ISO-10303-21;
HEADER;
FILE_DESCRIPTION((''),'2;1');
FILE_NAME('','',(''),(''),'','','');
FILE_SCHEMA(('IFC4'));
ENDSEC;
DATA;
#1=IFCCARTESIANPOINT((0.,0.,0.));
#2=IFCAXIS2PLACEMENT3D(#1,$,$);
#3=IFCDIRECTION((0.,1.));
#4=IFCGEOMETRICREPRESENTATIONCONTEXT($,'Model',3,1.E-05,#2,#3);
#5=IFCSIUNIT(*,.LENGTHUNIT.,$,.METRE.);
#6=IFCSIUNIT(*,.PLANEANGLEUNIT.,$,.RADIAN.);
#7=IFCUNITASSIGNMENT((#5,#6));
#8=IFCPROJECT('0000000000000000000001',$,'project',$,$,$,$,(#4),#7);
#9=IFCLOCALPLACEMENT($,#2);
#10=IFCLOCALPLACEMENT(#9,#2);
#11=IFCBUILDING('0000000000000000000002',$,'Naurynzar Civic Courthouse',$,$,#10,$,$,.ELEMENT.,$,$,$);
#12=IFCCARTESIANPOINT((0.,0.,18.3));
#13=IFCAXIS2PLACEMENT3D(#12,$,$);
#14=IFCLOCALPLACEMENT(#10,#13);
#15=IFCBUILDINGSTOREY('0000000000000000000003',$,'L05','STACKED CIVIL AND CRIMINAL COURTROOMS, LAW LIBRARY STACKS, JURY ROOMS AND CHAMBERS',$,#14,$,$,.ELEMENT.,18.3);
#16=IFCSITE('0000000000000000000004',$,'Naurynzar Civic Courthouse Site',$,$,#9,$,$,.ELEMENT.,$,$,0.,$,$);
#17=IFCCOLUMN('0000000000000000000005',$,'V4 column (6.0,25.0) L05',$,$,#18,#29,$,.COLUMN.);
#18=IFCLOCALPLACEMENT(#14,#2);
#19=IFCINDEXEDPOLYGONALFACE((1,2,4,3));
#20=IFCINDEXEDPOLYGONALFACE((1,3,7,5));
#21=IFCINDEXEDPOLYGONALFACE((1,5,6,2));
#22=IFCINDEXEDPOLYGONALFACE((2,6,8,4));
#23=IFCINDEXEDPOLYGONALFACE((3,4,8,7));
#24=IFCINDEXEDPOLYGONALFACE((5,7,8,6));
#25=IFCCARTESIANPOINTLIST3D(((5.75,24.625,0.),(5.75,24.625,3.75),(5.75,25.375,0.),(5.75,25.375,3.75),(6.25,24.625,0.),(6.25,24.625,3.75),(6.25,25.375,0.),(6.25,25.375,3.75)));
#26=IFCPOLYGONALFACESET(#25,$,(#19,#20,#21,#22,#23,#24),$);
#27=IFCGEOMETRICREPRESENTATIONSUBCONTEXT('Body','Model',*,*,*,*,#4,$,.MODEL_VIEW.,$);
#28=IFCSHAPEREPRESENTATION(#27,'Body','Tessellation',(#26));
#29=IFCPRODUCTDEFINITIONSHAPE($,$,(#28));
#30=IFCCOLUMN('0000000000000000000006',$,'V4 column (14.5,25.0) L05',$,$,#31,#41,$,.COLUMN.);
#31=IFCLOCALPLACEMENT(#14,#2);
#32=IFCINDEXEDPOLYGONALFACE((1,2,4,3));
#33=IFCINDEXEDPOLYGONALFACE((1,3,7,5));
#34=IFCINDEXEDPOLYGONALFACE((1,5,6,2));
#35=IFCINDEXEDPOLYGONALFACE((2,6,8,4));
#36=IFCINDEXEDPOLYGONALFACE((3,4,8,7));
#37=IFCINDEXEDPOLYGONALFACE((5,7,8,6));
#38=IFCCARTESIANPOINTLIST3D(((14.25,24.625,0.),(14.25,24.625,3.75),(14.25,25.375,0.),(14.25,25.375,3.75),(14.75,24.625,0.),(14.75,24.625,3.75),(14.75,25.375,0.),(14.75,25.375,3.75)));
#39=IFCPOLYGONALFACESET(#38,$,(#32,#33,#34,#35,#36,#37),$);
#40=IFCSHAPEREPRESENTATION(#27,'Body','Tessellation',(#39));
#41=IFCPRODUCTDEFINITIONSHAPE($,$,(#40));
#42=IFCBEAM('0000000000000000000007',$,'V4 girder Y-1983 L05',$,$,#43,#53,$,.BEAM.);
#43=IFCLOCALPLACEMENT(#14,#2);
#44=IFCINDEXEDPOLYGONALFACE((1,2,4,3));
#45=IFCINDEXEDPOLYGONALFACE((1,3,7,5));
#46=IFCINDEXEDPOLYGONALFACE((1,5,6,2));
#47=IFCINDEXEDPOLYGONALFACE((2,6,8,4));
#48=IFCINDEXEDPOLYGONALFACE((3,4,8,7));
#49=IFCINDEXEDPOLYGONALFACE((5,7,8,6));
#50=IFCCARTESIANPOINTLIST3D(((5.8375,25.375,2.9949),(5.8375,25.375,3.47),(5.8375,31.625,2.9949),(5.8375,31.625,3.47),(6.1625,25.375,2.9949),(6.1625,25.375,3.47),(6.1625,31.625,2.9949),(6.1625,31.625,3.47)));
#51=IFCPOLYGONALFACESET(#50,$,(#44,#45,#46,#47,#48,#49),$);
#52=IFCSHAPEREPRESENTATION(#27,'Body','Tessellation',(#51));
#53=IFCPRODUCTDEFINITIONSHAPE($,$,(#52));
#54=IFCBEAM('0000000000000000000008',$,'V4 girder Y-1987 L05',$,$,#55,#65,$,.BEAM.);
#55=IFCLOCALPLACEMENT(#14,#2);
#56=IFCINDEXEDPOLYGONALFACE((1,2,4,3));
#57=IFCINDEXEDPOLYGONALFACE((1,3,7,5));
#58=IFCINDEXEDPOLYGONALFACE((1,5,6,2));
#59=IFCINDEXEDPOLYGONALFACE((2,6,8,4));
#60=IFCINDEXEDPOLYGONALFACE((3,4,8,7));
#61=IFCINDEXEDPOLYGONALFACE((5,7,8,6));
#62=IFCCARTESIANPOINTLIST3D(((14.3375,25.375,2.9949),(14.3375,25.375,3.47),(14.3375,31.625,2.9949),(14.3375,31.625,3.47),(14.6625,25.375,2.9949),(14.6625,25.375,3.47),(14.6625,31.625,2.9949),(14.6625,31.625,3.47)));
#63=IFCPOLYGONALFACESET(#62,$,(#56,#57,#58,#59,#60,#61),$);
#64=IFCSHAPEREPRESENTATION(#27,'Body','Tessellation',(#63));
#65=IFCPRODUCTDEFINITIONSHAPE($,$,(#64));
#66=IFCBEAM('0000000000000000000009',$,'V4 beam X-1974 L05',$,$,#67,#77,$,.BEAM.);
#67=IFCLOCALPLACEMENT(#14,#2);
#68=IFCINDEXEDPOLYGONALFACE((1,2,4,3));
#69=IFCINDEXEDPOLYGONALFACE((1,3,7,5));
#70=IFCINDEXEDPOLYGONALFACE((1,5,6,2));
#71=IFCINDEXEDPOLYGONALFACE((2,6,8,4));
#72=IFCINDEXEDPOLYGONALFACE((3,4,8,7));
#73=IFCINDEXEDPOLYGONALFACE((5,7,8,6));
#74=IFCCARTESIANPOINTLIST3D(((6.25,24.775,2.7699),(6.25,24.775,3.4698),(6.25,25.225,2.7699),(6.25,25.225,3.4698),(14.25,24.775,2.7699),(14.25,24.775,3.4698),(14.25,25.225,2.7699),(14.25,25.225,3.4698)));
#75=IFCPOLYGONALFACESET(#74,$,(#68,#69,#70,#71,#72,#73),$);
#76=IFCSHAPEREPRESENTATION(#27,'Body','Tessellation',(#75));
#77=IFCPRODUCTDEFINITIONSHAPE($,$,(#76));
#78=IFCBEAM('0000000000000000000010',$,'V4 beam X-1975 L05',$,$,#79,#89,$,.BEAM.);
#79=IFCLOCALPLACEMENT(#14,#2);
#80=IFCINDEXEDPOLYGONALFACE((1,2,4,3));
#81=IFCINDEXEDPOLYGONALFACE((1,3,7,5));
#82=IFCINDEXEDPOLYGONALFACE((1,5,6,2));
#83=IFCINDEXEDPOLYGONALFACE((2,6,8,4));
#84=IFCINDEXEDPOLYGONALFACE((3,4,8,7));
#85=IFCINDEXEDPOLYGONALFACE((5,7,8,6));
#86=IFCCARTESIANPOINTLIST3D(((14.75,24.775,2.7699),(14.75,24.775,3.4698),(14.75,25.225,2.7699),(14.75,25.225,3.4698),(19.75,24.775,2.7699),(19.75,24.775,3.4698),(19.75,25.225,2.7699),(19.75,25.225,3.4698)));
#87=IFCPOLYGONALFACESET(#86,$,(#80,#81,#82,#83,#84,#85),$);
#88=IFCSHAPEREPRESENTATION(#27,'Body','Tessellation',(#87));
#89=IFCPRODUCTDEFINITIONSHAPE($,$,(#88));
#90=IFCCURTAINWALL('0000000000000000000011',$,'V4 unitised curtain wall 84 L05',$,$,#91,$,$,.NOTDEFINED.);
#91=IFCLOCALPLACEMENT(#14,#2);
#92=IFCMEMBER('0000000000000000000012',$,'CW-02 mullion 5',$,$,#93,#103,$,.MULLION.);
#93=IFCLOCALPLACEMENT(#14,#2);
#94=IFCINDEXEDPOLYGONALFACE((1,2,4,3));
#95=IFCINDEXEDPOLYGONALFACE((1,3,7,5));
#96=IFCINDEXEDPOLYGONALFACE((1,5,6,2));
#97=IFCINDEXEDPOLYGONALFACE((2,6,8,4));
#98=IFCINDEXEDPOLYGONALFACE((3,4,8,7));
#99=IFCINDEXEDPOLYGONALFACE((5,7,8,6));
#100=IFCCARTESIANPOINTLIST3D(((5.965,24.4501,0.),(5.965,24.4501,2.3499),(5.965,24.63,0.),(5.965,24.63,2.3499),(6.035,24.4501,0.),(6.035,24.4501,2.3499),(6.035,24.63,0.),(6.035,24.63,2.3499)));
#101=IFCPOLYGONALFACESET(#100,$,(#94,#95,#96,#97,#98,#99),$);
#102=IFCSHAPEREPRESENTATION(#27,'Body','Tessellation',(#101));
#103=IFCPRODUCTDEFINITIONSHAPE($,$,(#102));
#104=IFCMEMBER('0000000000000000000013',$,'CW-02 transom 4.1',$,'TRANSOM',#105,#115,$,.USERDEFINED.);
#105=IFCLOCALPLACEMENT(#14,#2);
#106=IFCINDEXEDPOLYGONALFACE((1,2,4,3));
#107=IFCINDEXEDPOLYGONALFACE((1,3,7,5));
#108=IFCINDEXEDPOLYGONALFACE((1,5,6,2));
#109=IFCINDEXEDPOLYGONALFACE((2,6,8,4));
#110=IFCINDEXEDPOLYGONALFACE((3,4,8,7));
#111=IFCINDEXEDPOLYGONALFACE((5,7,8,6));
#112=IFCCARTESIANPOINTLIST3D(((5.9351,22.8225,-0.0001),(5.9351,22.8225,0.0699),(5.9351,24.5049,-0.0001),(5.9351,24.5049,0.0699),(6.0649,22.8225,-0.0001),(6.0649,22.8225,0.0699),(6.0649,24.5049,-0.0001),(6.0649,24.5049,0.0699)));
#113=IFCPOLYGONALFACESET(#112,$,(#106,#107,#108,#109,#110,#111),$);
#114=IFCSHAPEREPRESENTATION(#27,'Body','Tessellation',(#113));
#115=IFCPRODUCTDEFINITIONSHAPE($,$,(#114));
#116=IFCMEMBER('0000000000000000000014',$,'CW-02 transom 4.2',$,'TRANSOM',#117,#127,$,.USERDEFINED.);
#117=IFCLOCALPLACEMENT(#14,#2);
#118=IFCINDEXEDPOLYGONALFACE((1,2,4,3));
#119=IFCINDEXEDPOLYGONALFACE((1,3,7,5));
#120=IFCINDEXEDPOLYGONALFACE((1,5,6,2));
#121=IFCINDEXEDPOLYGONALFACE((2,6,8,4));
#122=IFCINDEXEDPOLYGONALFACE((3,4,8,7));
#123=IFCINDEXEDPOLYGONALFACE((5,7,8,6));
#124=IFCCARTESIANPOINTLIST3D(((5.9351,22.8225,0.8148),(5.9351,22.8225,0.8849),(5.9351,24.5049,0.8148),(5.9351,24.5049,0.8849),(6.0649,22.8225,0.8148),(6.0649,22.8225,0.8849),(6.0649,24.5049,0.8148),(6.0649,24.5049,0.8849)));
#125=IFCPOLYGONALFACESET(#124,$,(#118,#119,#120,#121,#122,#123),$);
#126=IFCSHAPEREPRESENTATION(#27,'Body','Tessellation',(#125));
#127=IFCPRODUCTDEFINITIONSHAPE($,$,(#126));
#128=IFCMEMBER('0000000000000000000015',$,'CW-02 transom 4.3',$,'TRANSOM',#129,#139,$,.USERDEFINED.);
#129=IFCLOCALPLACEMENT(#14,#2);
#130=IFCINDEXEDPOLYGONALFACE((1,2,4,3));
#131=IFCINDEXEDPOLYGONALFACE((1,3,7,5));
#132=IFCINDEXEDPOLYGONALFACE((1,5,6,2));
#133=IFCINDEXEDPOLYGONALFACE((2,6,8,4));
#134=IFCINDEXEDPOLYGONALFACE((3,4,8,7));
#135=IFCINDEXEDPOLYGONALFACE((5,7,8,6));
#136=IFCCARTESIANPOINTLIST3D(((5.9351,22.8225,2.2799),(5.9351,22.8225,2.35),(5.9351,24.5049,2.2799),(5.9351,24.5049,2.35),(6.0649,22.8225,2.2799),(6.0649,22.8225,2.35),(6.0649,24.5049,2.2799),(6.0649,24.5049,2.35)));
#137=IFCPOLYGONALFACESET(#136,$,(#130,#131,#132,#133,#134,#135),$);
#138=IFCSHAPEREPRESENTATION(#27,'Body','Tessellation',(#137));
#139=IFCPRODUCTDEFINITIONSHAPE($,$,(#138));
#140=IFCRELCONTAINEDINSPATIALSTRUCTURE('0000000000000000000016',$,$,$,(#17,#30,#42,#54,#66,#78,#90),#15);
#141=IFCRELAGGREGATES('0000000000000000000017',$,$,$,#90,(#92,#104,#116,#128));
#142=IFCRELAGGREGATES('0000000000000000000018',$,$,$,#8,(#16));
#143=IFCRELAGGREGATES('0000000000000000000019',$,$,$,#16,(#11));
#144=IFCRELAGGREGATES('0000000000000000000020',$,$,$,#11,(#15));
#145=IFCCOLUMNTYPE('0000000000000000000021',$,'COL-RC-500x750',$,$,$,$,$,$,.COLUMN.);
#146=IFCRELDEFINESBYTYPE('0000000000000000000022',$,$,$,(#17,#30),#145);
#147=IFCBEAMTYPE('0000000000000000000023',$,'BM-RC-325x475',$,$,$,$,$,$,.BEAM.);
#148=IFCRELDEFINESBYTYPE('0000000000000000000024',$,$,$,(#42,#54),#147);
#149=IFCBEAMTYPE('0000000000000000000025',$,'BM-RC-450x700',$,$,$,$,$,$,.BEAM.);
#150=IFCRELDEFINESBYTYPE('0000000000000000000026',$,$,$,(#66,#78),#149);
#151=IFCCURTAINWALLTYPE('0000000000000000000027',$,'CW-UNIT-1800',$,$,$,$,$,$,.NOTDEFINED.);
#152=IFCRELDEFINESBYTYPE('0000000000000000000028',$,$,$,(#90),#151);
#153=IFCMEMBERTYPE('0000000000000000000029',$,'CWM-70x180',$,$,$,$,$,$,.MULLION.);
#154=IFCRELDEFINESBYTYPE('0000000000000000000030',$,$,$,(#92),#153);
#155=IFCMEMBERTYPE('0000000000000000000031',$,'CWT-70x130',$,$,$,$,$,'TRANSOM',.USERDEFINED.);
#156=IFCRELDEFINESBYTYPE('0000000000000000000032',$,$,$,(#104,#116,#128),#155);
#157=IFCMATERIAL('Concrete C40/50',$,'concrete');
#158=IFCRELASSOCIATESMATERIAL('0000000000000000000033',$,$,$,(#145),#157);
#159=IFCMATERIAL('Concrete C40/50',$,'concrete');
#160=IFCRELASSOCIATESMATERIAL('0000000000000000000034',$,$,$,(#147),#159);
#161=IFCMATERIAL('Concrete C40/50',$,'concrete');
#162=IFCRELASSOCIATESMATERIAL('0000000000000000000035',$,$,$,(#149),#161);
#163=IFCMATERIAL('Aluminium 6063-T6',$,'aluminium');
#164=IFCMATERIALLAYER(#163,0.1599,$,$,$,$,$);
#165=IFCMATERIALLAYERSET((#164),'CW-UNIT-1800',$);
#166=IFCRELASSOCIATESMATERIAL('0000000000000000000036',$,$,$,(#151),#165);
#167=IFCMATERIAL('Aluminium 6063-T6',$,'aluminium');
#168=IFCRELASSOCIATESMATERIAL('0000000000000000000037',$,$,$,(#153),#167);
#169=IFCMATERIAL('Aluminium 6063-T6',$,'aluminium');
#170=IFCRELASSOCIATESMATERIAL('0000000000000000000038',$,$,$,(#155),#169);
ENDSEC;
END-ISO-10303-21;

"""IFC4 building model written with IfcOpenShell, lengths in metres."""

from ifc_helpers import new_model, si_unit, direction, frame, origin, origin_2d, place, context, subcontext, project, spatial, rectangle, extrude, material, layer, layer_set, material_profile, profile_set, type_object, element, aggregate, save


model = new_model("IFC4")

# Units and contexts
model_context = context("Model", 3, precision=1e-05, world=origin(), true_north=direction((0.0, 1.0)))
body_context = subcontext(model_context, "Body", "Model", "MODEL_VIEW")
ifc_project = project(units=[si_unit("LENGTHUNIT", "METRE"), si_unit("PLANEANGLEUNIT", "RADIAN")], contexts=[model_context])

# Site, building, storey
site_placement = place(None, origin())
site = spatial("IfcSite", under=ifc_project, at=site_placement, Name="Naurynzar Civic Courthouse Site", CompositionType="ELEMENT", RefElevation=0.0)
building_placement = place(site_placement, origin())
building = spatial("IfcBuilding", under=site, at=building_placement, Name="Naurynzar Civic Courthouse", CompositionType="ELEMENT")
storey_placement = place(building_placement, frame((0.0, 0.0, 18.3)))
storey = spatial("IfcBuildingStorey", under=building, at=storey_placement, Name="L05", Description="STACKED CIVIL AND CRIMINAL COURTROOMS, LAW LIBRARY STACKS, JURY ROOMS AND CHAMBERS", CompositionType="ELEMENT", Elevation=18.3)

# Columns
ifc_material_1 = material(Name="Concrete C40/50", Category="concrete")
ifc_material_profile_1 = material_profile(ifc_material_1, rectangle(XDim=0.5, YDim=0.75, at=origin_2d()), Name="RC 500x750")
ifc_profile_set_1 = profile_set([ifc_material_profile_1], Name="Concrete C40/50")
column_type = type_object("IfcColumnType", Name="COL-RC-500x750", PredefinedType="COLUMN", material=ifc_profile_set_1)
for number, where, z_axis, x_axis, name in (
    (1, (6.0, 25.0, 0.0), (0.0, 0.0, 1.0), (1.0, 0.0, 0.0), "V4 column (6.0,25.0) L05"),
    (2, (14.5, 25.0, 0.0), (0.0, 0.0, 1.0), (1.0, 0.0, 0.0), "V4 column (14.5,25.0) L05"),
):
    element("IfcColumn", number, at=place(storey_placement, frame(where, z_axis=z_axis, x_axis=x_axis)), inside=storey, type_object=column_type, Name=name, PredefinedType="COLUMN", context=body_context, shape_type="SweptSolid", body=[
        extrude(rectangle(XDim=0.5, YDim=0.75, at=origin_2d()), origin(), (0.0, 0.0, 1.0), 3.75),
    ])

# Beams
ifc_material_2 = material(Name="Concrete C40/50", Category="concrete")
ifc_material_profile_2 = material_profile(ifc_material_2, rectangle(XDim=0.325, YDim=0.4751, at=origin_2d()), Name="RCB 325x475")
ifc_profile_set_2 = profile_set([ifc_material_profile_2], Name="Concrete C40/50")
beam_type_1 = type_object("IfcBeamType", Name="BM-RC-325x475", PredefinedType="BEAM", material=ifc_profile_set_2)
for number, where, z_axis, x_axis, name in (
    (3, (6.0, 25.375, 3.2324), (0.0, 1.0, 0.0), (-1.0, 0.0, 0.0), "V4 girder Y-1983 L05"),
    (4, (14.5, 25.375, 3.2324), (0.0, 1.0, 0.0), (-1.0, 0.0, 0.0), "V4 girder Y-1987 L05"),
):
    element("IfcBeam", number, at=place(storey_placement, frame(where, z_axis=z_axis, x_axis=x_axis)), inside=storey, type_object=beam_type_1, Name=name, PredefinedType="BEAM", context=body_context, shape_type="SweptSolid", body=[
        extrude(rectangle(XDim=0.325, YDim=0.4751, at=origin_2d()), origin(), (0.0, 0.0, 1.0), 6.25),
    ])
ifc_material_3 = material(Name="Concrete C40/50", Category="concrete")
ifc_material_profile_3 = material_profile(ifc_material_3, rectangle(XDim=0.45, YDim=0.7, at=origin_2d()), Name="RCB 450x700")
ifc_profile_set_3 = profile_set([ifc_material_profile_3], Name="Concrete C40/50")
beam_type_2 = type_object("IfcBeamType", Name="BM-RC-450x700", PredefinedType="BEAM", material=ifc_profile_set_3)
beam_1_placement = place(storey_placement, frame((6.25, 25.0, 3.1199), z_axis=(1.0, 0.0, 0.0), x_axis=(0.0, 1.0, 0.0)))
element("IfcBeam", 5, at=beam_1_placement, inside=storey, type_object=beam_type_2, Name="V4 beam X-1974 L05", PredefinedType="BEAM", context=body_context, shape_type="SweptSolid", body=[
    extrude(rectangle(XDim=0.45, YDim=0.7, at=origin_2d()), origin(), (0.0, 0.0, 1.0), 8.0),
])
beam_2_placement = place(storey_placement, frame((14.75, 25.0, 3.1199), z_axis=(1.0, 0.0, 0.0), x_axis=(0.0, 1.0, 0.0)))
element("IfcBeam", 6, at=beam_2_placement, inside=storey, type_object=beam_type_2, Name="V4 beam X-1975 L05", PredefinedType="BEAM", context=body_context, shape_type="SweptSolid", body=[
    extrude(rectangle(XDim=0.45, YDim=0.7, at=origin_2d()), origin(), (0.0, 0.0, 1.0), 5.0),
])

# Curtain wall, members
ifc_material_4 = material(Name="Aluminium 6063-T6", Category="aluminium")
ifc_layer_1 = layer(ifc_material_4, 0.1599)
ifc_layer_set_1 = layer_set([ifc_layer_1], Name="CW-UNIT-1800")
curtain_wall_type = type_object("IfcCurtainWallType", Name="CW-UNIT-1800", PredefinedType="NOTDEFINED", material=ifc_layer_set_1)
curtain_wall_placement = place(storey_placement, origin())
curtain_wall = element("IfcCurtainWall", 7, at=curtain_wall_placement, inside=storey, type_object=curtain_wall_type, Name="V4 unitised curtain wall 84 L05", PredefinedType="NOTDEFINED")
ifc_material_5 = material(Name="Aluminium 6063-T6", Category="aluminium")
ifc_material_profile_4 = material_profile(ifc_material_5, rectangle(XDim=0.0701, YDim=0.1799, at=origin_2d()), Name="ALU MULLION 70x180")
ifc_profile_set_4 = profile_set([ifc_material_profile_4], Name="Aluminium 6063-T6")
member_type_1 = type_object("IfcMemberType", Name="CWM-70x180", PredefinedType="MULLION", material=ifc_profile_set_4)
member_1_placement = place(storey_placement, frame((6.0, 24.54, 0.0), z_axis=(0.0, 0.0, 1.0), x_axis=(-1.0, 0.0, 0.0)))
member_1 = element("IfcMember", 8, at=member_1_placement, type_object=member_type_1, Name="CW-02 mullion 5", PredefinedType="MULLION", context=body_context, shape_type="SweptSolid", body=[
    extrude(rectangle(XDim=0.0701, YDim=0.1799, at=origin_2d()), origin(), (0.0, 0.0, 1.0), 2.3499),
])
ifc_material_6 = material(Name="Aluminium 6063-T6", Category="aluminium")
ifc_material_profile_5 = material_profile(ifc_material_6, rectangle(XDim=0.1299, YDim=0.0701, at=origin_2d()), Name="ALU TRANSOM 70x130")
ifc_profile_set_5 = profile_set([ifc_material_profile_5], Name="Aluminium 6063-T6")
member_type_2 = type_object("IfcMemberType", Name="CWT-70x130", ElementType="TRANSOM", PredefinedType="USERDEFINED", material=ifc_profile_set_5)
member_2_placement = place(storey_placement, frame((6.0, 22.8225, 0.0349), z_axis=(0.0, 1.0, 0.0), x_axis=(-1.0, 0.0, 0.0)))
member_2 = element("IfcMember", 9, at=member_2_placement, type_object=member_type_2, Name="CW-02 transom 4.1", ObjectType="TRANSOM", PredefinedType="USERDEFINED", context=body_context, shape_type="SweptSolid", body=[
    extrude(rectangle(XDim=0.1299, YDim=0.0701, at=origin_2d()), origin(), (0.0, 0.0, 1.0), 1.6824),
])
member_3_placement = place(storey_placement, frame((6.0, 22.8225, 0.8499), z_axis=(0.0, 1.0, 0.0), x_axis=(-1.0, 0.0, 0.0)))
member_3 = element("IfcMember", 10, at=member_3_placement, type_object=member_type_2, Name="CW-02 transom 4.2", ObjectType="TRANSOM", PredefinedType="USERDEFINED", context=body_context, shape_type="SweptSolid", body=[
    extrude(rectangle(XDim=0.1299, YDim=0.0701, at=origin_2d()), origin(), (0.0, 0.0, 1.0), 1.6824),
])
member_4_placement = place(storey_placement, frame((6.0, 22.8225, 2.3149), z_axis=(0.0, 1.0, 0.0), x_axis=(-1.0, 0.0, 0.0)))
member_4 = element("IfcMember", 11, at=member_4_placement, type_object=member_type_2, Name="CW-02 transom 4.3", ObjectType="TRANSOM", PredefinedType="USERDEFINED", context=body_context, shape_type="SweptSolid", body=[
    extrude(rectangle(XDim=0.1299, YDim=0.0701, at=origin_2d()), origin(), (0.0, 0.0, 1.0), 1.6824),
])

aggregate(curtain_wall, [member_1, member_2, member_3, member_4])

save(model, "model.ifc")
